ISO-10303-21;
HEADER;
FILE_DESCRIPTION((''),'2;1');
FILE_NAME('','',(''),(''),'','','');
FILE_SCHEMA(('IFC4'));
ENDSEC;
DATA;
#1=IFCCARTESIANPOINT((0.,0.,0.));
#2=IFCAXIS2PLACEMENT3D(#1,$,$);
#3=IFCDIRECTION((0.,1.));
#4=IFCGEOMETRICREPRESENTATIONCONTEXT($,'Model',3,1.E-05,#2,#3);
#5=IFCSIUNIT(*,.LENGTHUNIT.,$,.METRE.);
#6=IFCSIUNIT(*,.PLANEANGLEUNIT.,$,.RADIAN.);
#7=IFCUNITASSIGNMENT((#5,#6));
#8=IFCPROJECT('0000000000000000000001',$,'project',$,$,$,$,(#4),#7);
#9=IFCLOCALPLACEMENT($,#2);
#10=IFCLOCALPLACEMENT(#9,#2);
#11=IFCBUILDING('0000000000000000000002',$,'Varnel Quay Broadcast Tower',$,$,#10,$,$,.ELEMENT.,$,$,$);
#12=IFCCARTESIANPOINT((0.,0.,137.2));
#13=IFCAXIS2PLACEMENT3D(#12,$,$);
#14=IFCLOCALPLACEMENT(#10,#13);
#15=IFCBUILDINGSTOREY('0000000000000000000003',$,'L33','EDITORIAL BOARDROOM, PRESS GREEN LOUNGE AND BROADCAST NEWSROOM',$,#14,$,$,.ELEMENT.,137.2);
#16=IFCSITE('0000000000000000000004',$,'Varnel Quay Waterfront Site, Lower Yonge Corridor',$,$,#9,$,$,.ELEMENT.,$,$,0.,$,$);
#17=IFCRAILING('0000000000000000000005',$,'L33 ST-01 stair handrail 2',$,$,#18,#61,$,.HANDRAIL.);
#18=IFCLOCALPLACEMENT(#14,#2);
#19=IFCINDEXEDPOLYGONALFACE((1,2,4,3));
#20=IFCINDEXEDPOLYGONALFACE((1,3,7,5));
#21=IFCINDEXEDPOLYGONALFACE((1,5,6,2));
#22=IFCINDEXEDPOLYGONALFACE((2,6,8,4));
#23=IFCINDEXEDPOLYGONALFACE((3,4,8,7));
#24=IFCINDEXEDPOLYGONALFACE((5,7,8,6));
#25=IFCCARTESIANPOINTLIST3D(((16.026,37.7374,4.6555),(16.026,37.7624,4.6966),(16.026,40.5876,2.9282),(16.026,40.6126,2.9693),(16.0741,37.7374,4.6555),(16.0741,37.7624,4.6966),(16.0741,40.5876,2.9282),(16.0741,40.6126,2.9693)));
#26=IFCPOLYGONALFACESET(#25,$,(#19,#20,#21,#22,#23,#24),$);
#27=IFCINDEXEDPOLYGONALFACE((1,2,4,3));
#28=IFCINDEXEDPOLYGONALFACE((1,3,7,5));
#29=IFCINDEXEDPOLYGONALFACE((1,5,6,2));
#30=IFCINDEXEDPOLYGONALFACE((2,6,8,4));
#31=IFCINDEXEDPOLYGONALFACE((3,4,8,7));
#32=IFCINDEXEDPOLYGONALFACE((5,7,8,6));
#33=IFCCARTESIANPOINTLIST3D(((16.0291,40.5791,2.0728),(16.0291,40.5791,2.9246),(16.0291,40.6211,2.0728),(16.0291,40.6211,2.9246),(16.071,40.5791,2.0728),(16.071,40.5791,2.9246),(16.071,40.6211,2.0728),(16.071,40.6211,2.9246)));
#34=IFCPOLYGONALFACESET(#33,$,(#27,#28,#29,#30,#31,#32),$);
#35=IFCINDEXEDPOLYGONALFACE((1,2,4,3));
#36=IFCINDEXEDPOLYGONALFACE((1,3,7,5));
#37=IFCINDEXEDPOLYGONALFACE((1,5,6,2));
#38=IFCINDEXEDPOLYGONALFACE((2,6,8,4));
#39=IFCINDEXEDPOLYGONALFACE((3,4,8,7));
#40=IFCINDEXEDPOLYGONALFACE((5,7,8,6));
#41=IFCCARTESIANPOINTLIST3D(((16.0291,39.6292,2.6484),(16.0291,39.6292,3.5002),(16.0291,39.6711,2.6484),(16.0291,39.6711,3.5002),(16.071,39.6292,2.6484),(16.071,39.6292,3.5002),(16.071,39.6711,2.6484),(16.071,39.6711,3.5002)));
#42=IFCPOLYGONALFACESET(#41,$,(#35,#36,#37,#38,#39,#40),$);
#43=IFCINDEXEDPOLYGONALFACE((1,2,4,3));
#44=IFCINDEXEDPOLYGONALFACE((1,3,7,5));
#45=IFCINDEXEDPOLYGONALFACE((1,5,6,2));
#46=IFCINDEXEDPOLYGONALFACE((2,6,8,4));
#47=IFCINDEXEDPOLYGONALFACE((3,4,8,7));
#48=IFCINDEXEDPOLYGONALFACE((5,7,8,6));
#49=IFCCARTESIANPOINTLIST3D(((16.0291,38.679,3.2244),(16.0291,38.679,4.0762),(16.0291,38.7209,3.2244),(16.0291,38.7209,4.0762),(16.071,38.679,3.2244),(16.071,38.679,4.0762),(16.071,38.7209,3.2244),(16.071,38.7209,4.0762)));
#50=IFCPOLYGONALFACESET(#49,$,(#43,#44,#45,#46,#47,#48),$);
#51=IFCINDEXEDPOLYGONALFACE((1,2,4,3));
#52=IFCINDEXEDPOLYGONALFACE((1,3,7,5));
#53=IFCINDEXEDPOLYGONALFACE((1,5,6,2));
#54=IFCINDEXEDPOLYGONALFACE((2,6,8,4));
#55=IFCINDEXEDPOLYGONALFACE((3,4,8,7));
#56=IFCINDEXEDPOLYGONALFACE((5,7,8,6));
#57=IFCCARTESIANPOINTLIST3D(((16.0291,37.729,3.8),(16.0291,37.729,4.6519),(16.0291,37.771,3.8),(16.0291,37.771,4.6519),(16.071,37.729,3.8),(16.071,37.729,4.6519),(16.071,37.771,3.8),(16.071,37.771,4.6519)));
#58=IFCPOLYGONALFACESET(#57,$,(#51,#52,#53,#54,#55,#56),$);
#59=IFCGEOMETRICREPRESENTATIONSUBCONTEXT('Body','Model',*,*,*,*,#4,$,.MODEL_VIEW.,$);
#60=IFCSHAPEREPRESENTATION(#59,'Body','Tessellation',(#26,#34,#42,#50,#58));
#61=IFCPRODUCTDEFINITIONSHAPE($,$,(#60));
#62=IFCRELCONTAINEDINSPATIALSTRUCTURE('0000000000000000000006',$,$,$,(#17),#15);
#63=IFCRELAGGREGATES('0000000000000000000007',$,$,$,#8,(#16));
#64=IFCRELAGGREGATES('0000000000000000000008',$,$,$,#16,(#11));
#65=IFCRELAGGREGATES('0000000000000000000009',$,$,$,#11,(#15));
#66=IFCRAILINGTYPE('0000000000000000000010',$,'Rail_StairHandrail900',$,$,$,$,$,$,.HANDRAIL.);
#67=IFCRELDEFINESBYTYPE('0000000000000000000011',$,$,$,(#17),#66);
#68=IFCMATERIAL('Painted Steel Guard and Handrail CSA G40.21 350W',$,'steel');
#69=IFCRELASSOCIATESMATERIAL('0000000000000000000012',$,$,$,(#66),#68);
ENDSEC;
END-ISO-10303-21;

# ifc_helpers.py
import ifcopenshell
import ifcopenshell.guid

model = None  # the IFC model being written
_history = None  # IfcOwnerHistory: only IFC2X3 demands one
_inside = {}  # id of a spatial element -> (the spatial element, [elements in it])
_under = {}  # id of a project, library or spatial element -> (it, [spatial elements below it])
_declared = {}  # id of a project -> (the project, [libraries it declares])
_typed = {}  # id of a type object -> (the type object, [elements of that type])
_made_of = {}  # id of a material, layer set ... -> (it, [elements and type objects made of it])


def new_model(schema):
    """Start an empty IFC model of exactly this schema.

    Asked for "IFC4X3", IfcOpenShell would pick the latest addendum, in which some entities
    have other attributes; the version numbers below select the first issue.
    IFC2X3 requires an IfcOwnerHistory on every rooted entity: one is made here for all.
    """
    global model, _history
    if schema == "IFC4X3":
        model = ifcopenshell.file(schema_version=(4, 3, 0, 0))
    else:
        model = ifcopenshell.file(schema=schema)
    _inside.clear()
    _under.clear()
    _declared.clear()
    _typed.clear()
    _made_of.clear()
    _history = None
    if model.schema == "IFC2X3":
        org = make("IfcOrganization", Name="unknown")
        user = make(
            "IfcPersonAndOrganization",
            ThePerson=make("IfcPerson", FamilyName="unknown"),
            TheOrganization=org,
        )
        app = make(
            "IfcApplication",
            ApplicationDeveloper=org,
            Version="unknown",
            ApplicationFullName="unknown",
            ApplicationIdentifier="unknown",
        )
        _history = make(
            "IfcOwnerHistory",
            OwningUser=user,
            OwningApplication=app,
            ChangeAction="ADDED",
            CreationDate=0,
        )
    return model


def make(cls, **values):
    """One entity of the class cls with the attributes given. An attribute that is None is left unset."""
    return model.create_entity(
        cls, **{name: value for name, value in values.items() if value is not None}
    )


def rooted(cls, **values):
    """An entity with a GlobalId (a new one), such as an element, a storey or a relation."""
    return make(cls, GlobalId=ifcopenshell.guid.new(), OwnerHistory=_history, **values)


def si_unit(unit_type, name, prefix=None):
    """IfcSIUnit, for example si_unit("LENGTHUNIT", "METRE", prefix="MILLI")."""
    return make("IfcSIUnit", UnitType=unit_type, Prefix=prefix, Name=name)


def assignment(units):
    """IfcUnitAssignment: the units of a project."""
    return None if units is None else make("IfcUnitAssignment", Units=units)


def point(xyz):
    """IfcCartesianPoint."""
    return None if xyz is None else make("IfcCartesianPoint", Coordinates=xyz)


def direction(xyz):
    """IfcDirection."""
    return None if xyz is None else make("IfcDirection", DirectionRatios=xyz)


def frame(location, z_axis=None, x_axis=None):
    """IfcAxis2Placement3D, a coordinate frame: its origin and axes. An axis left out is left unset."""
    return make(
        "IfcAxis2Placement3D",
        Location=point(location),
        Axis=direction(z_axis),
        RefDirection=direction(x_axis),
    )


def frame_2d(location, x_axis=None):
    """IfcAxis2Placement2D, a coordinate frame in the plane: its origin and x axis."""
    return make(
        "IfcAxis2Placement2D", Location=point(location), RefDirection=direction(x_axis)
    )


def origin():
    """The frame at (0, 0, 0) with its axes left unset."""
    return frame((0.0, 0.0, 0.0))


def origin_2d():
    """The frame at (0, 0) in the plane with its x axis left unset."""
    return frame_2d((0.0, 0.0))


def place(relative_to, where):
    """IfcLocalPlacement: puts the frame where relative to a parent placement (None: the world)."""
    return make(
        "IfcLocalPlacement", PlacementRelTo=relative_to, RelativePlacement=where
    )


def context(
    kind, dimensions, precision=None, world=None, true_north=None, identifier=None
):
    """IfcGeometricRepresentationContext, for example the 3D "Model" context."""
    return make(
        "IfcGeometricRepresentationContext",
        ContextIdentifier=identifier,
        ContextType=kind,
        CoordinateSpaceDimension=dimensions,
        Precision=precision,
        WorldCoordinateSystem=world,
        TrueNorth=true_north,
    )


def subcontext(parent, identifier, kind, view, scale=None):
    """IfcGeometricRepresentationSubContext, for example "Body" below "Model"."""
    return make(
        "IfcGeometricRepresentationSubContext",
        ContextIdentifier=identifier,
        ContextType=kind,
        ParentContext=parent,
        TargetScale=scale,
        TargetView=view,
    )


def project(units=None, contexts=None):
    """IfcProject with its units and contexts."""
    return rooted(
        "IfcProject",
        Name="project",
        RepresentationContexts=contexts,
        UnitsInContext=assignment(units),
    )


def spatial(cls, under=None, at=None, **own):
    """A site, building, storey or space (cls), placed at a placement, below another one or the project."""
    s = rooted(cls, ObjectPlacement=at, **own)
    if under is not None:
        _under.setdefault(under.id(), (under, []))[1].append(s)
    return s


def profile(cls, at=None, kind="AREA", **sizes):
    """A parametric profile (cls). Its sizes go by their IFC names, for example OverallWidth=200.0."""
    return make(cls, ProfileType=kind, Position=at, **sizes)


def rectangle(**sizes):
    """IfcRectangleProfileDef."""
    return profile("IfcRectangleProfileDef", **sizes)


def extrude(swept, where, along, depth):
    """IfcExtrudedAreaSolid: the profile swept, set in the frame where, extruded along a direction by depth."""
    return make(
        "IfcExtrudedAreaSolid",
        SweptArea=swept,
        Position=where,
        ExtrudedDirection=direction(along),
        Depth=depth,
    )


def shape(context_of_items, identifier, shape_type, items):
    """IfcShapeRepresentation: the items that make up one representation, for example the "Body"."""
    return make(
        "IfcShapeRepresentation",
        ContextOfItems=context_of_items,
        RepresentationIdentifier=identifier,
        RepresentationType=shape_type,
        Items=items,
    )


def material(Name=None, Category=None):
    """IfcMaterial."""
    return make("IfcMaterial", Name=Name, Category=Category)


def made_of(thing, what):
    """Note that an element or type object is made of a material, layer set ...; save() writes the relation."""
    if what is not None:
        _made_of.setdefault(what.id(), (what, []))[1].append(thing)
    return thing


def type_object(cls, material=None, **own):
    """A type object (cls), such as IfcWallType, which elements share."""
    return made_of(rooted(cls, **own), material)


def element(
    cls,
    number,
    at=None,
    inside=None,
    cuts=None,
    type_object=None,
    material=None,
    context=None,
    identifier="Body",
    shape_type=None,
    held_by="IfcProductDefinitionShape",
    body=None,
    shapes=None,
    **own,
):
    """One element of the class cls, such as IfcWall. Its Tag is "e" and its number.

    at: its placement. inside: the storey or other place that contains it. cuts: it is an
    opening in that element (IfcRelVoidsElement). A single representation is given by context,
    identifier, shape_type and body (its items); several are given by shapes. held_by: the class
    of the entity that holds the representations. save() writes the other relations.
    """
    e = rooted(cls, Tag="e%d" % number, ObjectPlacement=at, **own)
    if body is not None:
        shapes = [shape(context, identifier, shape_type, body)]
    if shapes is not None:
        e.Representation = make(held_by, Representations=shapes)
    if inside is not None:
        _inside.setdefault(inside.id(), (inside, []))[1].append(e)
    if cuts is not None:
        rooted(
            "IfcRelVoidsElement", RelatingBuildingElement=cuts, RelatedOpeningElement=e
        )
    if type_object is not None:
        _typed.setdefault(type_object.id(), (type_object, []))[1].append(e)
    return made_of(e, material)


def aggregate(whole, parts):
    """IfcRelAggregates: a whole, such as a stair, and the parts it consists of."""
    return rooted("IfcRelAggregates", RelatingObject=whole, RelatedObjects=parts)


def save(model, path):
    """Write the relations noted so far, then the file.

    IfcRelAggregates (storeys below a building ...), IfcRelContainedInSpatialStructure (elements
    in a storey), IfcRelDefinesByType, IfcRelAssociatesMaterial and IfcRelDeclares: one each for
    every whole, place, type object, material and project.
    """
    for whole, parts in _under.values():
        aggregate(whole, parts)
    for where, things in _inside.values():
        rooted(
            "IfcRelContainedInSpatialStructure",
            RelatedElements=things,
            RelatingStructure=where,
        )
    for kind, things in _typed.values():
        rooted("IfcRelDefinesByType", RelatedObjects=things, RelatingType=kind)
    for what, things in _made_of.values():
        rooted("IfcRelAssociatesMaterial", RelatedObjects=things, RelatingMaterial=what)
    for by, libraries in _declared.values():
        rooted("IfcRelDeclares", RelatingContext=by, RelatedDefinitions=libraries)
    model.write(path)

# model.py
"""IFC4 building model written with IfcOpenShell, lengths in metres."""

from ifc_helpers import new_model, si_unit, direction, frame, origin, origin_2d, place, context, subcontext, project, spatial, rectangle, extrude, material, type_object, element, save


model = new_model("IFC4")

# Units and contexts
model_context = context("Model", 3, precision=1e-05, world=origin(), true_north=direction((0.0, 1.0)))
body_context = subcontext(model_context, "Body", "Model", "MODEL_VIEW")
ifc_project = project(units=[si_unit("LENGTHUNIT", "METRE"), si_unit("PLANEANGLEUNIT", "RADIAN")], contexts=[model_context])

# Site, building, storey
site_placement = place(None, origin())
site = spatial("IfcSite", under=ifc_project, at=site_placement, Name="Varnel Quay Waterfront Site, Lower Yonge Corridor", CompositionType="ELEMENT", RefElevation=0.0)
building_placement = place(site_placement, origin())
building = spatial("IfcBuilding", under=site, at=building_placement, Name="Varnel Quay Broadcast Tower", CompositionType="ELEMENT")
storey_placement = place(building_placement, frame((0.0, 0.0, 137.2)))
storey = spatial("IfcBuildingStorey", under=building, at=storey_placement, Name="L33", Description="EDITORIAL BOARDROOM, PRESS GREEN LOUNGE AND BROADCAST NEWSROOM", CompositionType="ELEMENT", Elevation=137.2)

# Railing
ifc_material_1 = material(Name="Painted Steel Guard and Handrail CSA G40.21 350W", Category="steel")
railing_type = type_object("IfcRailingType", Name="Rail_StairHandrail900", PredefinedType="HANDRAIL", material=ifc_material_1)
railing_placement = place(storey_placement, frame((16.05, 40.6001, 2.0728)))
element("IfcRailing", 1, at=railing_placement, inside=storey, type_object=railing_type, Name="L33 ST-01 stair handrail 2", PredefinedType="HANDRAIL", context=body_context, shape_type="SweptSolid", body=[
    extrude(rectangle(XDim=0.0481, YDim=0.0481, at=origin_2d()), frame((0.0, 0.0, 0.876), z_axis=(0.0, -0.855203, 0.518294), x_axis=(1.0, 0.0, 0.0)), (0.0, 0.0, 1.0), 3.3328),
    extrude(rectangle(XDim=0.042, YDim=0.042, at=origin_2d()), origin(), (0.0, 0.0, 1.0), 0.8518),
    extrude(rectangle(XDim=0.042, YDim=0.042, at=origin_2d()), frame((0.0, -0.95, 0.5757)), (0.0, 0.0, 1.0), 0.8518),
    extrude(rectangle(XDim=0.042, YDim=0.042, at=origin_2d()), frame((0.0, -1.9001, 1.1516)), (0.0, 0.0, 1.0), 0.8518),
    extrude(rectangle(XDim=0.042, YDim=0.042, at=origin_2d()), frame((0.0, -2.8501, 1.7273)), (0.0, 0.0, 1.0), 0.8518),
])

save(model, "model.ifc")
